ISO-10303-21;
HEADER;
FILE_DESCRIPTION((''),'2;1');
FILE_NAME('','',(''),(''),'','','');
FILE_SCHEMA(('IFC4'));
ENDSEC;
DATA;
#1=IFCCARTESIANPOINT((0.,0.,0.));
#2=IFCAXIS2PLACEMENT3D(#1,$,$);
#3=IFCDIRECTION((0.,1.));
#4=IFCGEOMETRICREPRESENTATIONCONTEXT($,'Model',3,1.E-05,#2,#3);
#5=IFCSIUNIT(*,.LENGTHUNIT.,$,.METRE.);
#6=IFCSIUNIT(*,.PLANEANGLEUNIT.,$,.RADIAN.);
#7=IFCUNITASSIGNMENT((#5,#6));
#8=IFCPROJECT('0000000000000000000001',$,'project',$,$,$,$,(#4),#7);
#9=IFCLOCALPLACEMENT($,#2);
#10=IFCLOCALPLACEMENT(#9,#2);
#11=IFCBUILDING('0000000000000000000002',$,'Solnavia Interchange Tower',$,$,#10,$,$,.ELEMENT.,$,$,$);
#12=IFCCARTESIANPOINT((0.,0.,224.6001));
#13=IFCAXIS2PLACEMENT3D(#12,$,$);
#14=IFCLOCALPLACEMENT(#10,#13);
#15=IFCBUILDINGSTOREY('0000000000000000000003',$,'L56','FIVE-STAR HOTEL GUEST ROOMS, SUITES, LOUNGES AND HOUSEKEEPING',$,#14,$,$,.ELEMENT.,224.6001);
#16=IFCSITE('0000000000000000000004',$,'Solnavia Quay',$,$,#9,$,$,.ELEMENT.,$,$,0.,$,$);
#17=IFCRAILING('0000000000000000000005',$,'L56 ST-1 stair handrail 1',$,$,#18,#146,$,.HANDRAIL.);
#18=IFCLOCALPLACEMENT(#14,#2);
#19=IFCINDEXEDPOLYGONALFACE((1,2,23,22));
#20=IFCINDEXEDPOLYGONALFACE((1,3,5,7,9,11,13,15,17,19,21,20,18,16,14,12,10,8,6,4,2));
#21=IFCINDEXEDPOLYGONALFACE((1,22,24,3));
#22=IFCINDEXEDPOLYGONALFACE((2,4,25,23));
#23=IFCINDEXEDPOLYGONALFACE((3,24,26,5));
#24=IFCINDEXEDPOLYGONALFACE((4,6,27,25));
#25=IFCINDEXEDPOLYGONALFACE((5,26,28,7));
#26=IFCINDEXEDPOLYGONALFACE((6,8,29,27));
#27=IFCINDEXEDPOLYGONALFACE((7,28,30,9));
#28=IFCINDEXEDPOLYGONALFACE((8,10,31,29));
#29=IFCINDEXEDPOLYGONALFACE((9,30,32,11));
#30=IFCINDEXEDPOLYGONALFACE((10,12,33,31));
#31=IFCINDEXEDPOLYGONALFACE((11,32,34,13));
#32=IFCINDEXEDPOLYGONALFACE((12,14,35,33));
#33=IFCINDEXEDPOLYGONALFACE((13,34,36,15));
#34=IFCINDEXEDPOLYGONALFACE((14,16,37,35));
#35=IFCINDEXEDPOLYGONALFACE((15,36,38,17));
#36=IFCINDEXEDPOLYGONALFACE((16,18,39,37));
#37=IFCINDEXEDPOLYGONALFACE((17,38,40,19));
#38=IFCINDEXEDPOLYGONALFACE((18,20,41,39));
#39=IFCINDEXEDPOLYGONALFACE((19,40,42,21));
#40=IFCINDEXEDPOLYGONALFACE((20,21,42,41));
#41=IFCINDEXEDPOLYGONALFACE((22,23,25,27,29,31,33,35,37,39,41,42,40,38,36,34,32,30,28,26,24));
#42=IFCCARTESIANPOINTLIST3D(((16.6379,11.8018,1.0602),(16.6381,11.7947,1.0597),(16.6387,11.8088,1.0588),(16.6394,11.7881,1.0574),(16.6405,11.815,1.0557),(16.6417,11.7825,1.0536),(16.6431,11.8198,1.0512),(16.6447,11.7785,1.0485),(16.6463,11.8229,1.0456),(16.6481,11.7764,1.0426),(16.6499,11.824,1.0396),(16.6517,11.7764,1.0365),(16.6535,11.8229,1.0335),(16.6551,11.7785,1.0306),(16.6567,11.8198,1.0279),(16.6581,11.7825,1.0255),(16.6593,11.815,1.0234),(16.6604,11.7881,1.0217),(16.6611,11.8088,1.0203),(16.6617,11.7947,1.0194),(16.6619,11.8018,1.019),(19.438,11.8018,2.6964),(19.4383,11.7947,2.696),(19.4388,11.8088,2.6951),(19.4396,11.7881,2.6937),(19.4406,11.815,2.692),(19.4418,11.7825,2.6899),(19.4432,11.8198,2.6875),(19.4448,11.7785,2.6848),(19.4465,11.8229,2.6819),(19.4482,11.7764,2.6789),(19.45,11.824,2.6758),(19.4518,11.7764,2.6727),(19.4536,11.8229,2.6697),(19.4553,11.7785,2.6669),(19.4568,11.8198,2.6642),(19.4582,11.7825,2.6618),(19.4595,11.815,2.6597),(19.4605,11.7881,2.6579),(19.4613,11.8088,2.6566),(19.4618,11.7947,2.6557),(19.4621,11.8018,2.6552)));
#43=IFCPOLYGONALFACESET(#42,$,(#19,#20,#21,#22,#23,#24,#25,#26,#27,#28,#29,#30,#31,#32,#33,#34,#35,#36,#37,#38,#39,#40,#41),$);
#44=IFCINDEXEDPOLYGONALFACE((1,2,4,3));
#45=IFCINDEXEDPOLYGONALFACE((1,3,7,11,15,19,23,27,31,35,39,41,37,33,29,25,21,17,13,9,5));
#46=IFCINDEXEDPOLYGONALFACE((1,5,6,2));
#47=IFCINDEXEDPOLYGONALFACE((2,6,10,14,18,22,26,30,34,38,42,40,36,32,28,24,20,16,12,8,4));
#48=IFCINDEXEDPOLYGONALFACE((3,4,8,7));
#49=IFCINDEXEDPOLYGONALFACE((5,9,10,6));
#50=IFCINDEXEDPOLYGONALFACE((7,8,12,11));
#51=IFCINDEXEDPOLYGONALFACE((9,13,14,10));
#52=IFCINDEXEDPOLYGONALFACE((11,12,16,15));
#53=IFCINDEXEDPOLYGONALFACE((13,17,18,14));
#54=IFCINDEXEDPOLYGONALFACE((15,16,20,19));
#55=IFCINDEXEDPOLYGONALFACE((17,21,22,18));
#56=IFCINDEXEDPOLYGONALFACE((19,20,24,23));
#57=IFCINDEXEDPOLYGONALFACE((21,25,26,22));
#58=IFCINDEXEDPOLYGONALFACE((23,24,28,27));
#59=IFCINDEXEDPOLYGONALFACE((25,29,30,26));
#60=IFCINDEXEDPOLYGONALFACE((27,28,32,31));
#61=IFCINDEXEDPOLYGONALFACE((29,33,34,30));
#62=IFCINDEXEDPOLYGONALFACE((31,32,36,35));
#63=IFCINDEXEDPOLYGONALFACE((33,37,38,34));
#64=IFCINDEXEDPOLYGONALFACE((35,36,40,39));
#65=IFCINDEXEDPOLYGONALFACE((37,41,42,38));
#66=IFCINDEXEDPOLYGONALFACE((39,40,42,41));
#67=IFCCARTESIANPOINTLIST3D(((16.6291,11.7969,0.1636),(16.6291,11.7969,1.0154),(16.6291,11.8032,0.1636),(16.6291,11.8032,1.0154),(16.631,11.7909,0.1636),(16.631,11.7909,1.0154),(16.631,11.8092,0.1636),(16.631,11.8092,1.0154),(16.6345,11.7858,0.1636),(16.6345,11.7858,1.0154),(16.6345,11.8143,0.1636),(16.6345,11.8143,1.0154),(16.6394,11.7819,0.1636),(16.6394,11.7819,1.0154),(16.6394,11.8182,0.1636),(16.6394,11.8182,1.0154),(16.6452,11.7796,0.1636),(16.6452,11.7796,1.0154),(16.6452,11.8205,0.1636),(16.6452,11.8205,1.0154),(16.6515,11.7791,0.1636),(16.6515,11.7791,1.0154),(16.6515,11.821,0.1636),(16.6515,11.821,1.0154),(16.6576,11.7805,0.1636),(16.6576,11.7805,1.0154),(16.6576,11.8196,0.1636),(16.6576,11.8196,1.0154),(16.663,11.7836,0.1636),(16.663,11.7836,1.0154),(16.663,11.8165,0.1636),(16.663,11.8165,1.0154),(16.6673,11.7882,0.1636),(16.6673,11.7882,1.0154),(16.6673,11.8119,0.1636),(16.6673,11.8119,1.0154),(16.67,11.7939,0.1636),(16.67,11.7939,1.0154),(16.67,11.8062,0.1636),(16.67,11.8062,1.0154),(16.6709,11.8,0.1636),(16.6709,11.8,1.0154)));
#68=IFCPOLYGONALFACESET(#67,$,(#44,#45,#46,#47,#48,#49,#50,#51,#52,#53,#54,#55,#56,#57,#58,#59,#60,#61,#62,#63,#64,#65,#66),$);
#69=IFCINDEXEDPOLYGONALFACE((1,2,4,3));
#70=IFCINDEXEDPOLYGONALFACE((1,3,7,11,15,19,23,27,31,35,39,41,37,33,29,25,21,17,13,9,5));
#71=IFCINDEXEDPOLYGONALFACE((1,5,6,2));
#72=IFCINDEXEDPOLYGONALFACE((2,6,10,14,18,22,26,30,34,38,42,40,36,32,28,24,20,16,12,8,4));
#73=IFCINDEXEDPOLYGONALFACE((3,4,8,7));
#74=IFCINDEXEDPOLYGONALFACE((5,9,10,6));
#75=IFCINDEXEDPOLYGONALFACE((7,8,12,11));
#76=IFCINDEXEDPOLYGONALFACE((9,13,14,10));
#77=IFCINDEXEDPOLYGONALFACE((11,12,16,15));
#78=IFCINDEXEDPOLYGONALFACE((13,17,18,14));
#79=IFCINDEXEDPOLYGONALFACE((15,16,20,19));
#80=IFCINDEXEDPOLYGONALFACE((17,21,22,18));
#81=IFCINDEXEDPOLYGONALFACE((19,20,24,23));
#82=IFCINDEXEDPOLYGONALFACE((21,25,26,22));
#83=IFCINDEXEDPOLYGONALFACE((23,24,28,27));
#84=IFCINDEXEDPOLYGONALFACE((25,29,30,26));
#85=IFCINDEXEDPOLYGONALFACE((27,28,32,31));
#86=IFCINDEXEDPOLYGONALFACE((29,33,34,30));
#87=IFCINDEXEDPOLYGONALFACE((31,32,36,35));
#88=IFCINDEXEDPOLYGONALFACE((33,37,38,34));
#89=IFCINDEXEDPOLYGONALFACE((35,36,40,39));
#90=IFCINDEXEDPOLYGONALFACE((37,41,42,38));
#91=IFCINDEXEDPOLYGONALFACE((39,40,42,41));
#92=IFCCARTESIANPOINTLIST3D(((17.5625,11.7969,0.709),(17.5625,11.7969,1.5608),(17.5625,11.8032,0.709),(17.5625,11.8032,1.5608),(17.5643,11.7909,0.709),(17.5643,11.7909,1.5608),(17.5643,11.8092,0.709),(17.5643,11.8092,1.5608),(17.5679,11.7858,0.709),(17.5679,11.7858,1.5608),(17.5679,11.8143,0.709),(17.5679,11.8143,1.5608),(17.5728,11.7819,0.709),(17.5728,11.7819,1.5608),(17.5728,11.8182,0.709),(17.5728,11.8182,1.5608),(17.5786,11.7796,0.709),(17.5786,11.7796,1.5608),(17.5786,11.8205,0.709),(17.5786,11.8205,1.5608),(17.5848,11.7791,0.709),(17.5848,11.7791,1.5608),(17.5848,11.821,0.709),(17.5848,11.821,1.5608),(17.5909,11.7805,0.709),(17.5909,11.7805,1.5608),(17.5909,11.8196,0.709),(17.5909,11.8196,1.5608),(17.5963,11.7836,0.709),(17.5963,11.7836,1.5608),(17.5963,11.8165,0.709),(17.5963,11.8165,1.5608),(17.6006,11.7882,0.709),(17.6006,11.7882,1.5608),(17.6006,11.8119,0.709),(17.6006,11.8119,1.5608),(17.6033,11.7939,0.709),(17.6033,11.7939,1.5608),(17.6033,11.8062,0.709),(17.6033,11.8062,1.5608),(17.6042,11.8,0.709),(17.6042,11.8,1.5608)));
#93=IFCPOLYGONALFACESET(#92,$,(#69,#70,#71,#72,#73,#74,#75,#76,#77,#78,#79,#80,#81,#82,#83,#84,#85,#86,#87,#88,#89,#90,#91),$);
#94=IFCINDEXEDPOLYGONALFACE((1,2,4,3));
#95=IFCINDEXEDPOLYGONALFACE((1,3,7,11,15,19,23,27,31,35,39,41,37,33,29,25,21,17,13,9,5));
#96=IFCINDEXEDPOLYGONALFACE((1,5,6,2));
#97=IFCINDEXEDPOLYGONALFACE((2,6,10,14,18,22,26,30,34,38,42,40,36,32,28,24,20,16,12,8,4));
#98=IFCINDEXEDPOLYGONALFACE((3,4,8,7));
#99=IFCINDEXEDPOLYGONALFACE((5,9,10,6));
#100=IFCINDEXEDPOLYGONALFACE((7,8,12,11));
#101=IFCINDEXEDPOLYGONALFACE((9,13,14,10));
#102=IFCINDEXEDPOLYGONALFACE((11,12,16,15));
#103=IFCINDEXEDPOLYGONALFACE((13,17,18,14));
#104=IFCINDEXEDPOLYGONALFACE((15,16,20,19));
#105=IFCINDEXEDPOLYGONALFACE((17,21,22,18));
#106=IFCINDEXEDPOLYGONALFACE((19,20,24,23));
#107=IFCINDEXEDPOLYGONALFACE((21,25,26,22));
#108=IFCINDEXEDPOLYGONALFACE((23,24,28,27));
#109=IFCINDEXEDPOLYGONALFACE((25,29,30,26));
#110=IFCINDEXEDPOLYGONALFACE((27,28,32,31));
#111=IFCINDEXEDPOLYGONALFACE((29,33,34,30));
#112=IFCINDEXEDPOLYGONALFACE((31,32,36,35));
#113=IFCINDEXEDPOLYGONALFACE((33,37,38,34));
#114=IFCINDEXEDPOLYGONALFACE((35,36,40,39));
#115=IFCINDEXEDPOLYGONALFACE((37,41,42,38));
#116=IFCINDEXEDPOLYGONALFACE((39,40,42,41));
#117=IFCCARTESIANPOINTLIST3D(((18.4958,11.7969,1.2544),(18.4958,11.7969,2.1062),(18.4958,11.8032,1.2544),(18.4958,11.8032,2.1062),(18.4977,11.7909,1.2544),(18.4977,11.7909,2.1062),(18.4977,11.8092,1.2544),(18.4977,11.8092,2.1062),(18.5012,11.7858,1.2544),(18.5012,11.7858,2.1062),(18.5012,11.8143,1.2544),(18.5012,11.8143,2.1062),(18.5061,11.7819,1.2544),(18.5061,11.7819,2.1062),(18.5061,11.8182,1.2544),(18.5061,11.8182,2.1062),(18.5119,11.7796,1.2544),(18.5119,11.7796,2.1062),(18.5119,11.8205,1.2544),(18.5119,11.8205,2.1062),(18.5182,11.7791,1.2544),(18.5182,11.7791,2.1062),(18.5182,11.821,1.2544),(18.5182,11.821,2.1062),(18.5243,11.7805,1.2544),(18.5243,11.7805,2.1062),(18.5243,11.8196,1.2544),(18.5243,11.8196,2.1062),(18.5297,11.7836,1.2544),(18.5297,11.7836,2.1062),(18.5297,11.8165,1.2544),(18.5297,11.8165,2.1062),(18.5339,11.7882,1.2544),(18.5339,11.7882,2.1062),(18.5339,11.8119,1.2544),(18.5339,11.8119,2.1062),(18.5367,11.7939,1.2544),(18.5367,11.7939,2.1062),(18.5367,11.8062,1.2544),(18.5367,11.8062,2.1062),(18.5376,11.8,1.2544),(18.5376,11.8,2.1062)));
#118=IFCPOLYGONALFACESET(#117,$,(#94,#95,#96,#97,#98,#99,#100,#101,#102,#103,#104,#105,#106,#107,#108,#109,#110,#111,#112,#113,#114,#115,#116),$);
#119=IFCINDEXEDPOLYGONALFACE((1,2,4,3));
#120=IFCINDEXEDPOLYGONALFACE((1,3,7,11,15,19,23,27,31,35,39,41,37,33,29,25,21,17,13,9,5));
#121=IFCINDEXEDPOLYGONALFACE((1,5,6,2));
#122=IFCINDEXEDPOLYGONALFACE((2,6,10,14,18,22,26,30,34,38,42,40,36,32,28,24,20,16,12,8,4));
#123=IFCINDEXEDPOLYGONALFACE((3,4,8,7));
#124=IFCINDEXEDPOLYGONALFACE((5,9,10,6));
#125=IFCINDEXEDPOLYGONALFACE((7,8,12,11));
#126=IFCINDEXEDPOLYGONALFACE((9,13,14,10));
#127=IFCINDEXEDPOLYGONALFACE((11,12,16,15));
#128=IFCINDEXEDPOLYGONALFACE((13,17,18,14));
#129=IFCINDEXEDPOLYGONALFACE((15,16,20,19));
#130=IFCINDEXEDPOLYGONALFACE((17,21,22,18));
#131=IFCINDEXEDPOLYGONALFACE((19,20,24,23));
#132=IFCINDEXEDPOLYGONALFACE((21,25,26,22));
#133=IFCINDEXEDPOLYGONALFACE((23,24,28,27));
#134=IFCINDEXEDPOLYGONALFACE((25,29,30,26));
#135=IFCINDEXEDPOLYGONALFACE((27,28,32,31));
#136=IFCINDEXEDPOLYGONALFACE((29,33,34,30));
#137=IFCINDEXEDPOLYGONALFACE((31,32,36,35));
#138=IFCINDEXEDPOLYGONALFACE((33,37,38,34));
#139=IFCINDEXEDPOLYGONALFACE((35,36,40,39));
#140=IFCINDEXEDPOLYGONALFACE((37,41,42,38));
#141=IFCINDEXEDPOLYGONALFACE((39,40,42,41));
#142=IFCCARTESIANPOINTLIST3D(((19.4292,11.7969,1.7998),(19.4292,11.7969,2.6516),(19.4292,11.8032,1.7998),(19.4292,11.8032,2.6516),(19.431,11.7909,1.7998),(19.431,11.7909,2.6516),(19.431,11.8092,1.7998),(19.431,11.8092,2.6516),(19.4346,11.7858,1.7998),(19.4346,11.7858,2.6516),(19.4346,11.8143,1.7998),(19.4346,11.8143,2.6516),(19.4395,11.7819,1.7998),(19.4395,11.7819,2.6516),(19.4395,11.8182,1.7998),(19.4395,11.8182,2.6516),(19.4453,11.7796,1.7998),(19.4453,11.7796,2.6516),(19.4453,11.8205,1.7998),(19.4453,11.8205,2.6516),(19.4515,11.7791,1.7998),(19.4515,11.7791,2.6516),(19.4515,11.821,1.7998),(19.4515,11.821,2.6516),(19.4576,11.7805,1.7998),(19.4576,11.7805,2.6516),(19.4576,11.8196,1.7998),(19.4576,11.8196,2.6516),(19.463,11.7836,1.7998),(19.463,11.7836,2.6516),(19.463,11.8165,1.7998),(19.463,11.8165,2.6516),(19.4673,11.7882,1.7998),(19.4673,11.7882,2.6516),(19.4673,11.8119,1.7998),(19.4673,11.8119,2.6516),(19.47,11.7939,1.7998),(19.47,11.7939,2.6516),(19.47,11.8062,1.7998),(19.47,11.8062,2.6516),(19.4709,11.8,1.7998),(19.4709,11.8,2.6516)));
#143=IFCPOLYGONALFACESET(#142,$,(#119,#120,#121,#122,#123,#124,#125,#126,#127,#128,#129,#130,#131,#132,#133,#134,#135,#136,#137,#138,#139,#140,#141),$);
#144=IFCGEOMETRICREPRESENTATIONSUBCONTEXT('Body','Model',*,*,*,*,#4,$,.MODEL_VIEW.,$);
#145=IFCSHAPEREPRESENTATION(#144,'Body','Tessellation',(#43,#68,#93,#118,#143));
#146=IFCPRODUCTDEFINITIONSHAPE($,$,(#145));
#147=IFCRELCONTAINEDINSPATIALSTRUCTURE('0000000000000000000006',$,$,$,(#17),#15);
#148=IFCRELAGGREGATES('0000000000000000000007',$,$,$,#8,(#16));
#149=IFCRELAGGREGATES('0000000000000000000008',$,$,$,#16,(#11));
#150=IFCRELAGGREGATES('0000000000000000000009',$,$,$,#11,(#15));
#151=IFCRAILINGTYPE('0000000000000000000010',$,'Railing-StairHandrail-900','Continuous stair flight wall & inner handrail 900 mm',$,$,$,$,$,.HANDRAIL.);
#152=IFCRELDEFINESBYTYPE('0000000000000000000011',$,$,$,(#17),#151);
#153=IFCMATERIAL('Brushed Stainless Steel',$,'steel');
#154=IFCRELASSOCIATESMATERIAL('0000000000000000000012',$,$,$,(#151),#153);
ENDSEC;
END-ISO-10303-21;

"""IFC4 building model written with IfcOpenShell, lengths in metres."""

from ifc_helpers import new_model, si_unit, direction, frame, origin, origin_2d, place, context, subcontext, project, spatial, circle, extrude, material, type_object, element, save


model = new_model("IFC4")

# Units and contexts
model_context = context("Model", 3, precision=1e-05, world=origin(), true_north=direction((0.0, 1.0)))
body_context = subcontext(model_context, "Body", "Model", "MODEL_VIEW")
ifc_project = project(units=[si_unit("LENGTHUNIT", "METRE"), si_unit("PLANEANGLEUNIT", "RADIAN")], contexts=[model_context])

# Site, building, storey
site_placement = place(None, origin())
site = spatial("IfcSite", under=ifc_project, at=site_placement, Name="Solnavia Quay", CompositionType="ELEMENT", RefElevation=0.0)
building_placement = place(site_placement, origin())
building = spatial("IfcBuilding", under=site, at=building_placement, Name="Solnavia Interchange Tower", CompositionType="ELEMENT")
storey_placement = place(building_placement, frame((0.0, 0.0, 224.6001)))
storey = spatial("IfcBuildingStorey", under=building, at=storey_placement, Name="L56", Description="FIVE-STAR HOTEL GUEST ROOMS, SUITES, LOUNGES AND HOUSEKEEPING", CompositionType="ELEMENT", Elevation=224.6001)

# Railing
ifc_material_1 = material(Name="Brushed Stainless Steel", Category="steel")
railing_type_1 = type_object("IfcRailingType", Name="Railing-StairHandrail-900", Description="Continuous stair flight wall & inner handrail 900 mm", PredefinedType="HANDRAIL", material=ifc_material_1)
railing_1_placement = place(storey_placement, frame((16.6499, 11.8, 0.1636)))
element("IfcRailing", 1, at=railing_1_placement, inside=storey, type_object=railing_type_1, Name="L56 ST-1 stair handrail 1", PredefinedType="HANDRAIL", context=body_context, shape_type="SweptSolid", body=[
    extrude(circle(Radius=0.0239, at=origin_2d()), frame((0.0, 0.0, 0.876), z_axis=(0.863394, 0.0, 0.504531), x_axis=(0.0, 1.0, 0.0)), (0.0, 0.0, 1.0), 3.2432),
    extrude(circle(Radius=0.021, at=origin_2d()), origin(), (0.0, 0.0, 1.0), 0.8518),
    extrude(circle(Radius=0.021, at=origin_2d()), frame((0.9333, 0.0, 0.5454)), (0.0, 0.0, 1.0), 0.8518),
    extrude(circle(Radius=0.021, at=origin_2d()), frame((1.8667, 0.0, 1.0908)), (0.0, 0.0, 1.0), 0.8518),
    extrude(circle(Radius=0.021, at=origin_2d()), frame((2.8, 0.0, 1.6362)), (0.0, 0.0, 1.0), 0.8518),
])

save(model, "model.ifc")
